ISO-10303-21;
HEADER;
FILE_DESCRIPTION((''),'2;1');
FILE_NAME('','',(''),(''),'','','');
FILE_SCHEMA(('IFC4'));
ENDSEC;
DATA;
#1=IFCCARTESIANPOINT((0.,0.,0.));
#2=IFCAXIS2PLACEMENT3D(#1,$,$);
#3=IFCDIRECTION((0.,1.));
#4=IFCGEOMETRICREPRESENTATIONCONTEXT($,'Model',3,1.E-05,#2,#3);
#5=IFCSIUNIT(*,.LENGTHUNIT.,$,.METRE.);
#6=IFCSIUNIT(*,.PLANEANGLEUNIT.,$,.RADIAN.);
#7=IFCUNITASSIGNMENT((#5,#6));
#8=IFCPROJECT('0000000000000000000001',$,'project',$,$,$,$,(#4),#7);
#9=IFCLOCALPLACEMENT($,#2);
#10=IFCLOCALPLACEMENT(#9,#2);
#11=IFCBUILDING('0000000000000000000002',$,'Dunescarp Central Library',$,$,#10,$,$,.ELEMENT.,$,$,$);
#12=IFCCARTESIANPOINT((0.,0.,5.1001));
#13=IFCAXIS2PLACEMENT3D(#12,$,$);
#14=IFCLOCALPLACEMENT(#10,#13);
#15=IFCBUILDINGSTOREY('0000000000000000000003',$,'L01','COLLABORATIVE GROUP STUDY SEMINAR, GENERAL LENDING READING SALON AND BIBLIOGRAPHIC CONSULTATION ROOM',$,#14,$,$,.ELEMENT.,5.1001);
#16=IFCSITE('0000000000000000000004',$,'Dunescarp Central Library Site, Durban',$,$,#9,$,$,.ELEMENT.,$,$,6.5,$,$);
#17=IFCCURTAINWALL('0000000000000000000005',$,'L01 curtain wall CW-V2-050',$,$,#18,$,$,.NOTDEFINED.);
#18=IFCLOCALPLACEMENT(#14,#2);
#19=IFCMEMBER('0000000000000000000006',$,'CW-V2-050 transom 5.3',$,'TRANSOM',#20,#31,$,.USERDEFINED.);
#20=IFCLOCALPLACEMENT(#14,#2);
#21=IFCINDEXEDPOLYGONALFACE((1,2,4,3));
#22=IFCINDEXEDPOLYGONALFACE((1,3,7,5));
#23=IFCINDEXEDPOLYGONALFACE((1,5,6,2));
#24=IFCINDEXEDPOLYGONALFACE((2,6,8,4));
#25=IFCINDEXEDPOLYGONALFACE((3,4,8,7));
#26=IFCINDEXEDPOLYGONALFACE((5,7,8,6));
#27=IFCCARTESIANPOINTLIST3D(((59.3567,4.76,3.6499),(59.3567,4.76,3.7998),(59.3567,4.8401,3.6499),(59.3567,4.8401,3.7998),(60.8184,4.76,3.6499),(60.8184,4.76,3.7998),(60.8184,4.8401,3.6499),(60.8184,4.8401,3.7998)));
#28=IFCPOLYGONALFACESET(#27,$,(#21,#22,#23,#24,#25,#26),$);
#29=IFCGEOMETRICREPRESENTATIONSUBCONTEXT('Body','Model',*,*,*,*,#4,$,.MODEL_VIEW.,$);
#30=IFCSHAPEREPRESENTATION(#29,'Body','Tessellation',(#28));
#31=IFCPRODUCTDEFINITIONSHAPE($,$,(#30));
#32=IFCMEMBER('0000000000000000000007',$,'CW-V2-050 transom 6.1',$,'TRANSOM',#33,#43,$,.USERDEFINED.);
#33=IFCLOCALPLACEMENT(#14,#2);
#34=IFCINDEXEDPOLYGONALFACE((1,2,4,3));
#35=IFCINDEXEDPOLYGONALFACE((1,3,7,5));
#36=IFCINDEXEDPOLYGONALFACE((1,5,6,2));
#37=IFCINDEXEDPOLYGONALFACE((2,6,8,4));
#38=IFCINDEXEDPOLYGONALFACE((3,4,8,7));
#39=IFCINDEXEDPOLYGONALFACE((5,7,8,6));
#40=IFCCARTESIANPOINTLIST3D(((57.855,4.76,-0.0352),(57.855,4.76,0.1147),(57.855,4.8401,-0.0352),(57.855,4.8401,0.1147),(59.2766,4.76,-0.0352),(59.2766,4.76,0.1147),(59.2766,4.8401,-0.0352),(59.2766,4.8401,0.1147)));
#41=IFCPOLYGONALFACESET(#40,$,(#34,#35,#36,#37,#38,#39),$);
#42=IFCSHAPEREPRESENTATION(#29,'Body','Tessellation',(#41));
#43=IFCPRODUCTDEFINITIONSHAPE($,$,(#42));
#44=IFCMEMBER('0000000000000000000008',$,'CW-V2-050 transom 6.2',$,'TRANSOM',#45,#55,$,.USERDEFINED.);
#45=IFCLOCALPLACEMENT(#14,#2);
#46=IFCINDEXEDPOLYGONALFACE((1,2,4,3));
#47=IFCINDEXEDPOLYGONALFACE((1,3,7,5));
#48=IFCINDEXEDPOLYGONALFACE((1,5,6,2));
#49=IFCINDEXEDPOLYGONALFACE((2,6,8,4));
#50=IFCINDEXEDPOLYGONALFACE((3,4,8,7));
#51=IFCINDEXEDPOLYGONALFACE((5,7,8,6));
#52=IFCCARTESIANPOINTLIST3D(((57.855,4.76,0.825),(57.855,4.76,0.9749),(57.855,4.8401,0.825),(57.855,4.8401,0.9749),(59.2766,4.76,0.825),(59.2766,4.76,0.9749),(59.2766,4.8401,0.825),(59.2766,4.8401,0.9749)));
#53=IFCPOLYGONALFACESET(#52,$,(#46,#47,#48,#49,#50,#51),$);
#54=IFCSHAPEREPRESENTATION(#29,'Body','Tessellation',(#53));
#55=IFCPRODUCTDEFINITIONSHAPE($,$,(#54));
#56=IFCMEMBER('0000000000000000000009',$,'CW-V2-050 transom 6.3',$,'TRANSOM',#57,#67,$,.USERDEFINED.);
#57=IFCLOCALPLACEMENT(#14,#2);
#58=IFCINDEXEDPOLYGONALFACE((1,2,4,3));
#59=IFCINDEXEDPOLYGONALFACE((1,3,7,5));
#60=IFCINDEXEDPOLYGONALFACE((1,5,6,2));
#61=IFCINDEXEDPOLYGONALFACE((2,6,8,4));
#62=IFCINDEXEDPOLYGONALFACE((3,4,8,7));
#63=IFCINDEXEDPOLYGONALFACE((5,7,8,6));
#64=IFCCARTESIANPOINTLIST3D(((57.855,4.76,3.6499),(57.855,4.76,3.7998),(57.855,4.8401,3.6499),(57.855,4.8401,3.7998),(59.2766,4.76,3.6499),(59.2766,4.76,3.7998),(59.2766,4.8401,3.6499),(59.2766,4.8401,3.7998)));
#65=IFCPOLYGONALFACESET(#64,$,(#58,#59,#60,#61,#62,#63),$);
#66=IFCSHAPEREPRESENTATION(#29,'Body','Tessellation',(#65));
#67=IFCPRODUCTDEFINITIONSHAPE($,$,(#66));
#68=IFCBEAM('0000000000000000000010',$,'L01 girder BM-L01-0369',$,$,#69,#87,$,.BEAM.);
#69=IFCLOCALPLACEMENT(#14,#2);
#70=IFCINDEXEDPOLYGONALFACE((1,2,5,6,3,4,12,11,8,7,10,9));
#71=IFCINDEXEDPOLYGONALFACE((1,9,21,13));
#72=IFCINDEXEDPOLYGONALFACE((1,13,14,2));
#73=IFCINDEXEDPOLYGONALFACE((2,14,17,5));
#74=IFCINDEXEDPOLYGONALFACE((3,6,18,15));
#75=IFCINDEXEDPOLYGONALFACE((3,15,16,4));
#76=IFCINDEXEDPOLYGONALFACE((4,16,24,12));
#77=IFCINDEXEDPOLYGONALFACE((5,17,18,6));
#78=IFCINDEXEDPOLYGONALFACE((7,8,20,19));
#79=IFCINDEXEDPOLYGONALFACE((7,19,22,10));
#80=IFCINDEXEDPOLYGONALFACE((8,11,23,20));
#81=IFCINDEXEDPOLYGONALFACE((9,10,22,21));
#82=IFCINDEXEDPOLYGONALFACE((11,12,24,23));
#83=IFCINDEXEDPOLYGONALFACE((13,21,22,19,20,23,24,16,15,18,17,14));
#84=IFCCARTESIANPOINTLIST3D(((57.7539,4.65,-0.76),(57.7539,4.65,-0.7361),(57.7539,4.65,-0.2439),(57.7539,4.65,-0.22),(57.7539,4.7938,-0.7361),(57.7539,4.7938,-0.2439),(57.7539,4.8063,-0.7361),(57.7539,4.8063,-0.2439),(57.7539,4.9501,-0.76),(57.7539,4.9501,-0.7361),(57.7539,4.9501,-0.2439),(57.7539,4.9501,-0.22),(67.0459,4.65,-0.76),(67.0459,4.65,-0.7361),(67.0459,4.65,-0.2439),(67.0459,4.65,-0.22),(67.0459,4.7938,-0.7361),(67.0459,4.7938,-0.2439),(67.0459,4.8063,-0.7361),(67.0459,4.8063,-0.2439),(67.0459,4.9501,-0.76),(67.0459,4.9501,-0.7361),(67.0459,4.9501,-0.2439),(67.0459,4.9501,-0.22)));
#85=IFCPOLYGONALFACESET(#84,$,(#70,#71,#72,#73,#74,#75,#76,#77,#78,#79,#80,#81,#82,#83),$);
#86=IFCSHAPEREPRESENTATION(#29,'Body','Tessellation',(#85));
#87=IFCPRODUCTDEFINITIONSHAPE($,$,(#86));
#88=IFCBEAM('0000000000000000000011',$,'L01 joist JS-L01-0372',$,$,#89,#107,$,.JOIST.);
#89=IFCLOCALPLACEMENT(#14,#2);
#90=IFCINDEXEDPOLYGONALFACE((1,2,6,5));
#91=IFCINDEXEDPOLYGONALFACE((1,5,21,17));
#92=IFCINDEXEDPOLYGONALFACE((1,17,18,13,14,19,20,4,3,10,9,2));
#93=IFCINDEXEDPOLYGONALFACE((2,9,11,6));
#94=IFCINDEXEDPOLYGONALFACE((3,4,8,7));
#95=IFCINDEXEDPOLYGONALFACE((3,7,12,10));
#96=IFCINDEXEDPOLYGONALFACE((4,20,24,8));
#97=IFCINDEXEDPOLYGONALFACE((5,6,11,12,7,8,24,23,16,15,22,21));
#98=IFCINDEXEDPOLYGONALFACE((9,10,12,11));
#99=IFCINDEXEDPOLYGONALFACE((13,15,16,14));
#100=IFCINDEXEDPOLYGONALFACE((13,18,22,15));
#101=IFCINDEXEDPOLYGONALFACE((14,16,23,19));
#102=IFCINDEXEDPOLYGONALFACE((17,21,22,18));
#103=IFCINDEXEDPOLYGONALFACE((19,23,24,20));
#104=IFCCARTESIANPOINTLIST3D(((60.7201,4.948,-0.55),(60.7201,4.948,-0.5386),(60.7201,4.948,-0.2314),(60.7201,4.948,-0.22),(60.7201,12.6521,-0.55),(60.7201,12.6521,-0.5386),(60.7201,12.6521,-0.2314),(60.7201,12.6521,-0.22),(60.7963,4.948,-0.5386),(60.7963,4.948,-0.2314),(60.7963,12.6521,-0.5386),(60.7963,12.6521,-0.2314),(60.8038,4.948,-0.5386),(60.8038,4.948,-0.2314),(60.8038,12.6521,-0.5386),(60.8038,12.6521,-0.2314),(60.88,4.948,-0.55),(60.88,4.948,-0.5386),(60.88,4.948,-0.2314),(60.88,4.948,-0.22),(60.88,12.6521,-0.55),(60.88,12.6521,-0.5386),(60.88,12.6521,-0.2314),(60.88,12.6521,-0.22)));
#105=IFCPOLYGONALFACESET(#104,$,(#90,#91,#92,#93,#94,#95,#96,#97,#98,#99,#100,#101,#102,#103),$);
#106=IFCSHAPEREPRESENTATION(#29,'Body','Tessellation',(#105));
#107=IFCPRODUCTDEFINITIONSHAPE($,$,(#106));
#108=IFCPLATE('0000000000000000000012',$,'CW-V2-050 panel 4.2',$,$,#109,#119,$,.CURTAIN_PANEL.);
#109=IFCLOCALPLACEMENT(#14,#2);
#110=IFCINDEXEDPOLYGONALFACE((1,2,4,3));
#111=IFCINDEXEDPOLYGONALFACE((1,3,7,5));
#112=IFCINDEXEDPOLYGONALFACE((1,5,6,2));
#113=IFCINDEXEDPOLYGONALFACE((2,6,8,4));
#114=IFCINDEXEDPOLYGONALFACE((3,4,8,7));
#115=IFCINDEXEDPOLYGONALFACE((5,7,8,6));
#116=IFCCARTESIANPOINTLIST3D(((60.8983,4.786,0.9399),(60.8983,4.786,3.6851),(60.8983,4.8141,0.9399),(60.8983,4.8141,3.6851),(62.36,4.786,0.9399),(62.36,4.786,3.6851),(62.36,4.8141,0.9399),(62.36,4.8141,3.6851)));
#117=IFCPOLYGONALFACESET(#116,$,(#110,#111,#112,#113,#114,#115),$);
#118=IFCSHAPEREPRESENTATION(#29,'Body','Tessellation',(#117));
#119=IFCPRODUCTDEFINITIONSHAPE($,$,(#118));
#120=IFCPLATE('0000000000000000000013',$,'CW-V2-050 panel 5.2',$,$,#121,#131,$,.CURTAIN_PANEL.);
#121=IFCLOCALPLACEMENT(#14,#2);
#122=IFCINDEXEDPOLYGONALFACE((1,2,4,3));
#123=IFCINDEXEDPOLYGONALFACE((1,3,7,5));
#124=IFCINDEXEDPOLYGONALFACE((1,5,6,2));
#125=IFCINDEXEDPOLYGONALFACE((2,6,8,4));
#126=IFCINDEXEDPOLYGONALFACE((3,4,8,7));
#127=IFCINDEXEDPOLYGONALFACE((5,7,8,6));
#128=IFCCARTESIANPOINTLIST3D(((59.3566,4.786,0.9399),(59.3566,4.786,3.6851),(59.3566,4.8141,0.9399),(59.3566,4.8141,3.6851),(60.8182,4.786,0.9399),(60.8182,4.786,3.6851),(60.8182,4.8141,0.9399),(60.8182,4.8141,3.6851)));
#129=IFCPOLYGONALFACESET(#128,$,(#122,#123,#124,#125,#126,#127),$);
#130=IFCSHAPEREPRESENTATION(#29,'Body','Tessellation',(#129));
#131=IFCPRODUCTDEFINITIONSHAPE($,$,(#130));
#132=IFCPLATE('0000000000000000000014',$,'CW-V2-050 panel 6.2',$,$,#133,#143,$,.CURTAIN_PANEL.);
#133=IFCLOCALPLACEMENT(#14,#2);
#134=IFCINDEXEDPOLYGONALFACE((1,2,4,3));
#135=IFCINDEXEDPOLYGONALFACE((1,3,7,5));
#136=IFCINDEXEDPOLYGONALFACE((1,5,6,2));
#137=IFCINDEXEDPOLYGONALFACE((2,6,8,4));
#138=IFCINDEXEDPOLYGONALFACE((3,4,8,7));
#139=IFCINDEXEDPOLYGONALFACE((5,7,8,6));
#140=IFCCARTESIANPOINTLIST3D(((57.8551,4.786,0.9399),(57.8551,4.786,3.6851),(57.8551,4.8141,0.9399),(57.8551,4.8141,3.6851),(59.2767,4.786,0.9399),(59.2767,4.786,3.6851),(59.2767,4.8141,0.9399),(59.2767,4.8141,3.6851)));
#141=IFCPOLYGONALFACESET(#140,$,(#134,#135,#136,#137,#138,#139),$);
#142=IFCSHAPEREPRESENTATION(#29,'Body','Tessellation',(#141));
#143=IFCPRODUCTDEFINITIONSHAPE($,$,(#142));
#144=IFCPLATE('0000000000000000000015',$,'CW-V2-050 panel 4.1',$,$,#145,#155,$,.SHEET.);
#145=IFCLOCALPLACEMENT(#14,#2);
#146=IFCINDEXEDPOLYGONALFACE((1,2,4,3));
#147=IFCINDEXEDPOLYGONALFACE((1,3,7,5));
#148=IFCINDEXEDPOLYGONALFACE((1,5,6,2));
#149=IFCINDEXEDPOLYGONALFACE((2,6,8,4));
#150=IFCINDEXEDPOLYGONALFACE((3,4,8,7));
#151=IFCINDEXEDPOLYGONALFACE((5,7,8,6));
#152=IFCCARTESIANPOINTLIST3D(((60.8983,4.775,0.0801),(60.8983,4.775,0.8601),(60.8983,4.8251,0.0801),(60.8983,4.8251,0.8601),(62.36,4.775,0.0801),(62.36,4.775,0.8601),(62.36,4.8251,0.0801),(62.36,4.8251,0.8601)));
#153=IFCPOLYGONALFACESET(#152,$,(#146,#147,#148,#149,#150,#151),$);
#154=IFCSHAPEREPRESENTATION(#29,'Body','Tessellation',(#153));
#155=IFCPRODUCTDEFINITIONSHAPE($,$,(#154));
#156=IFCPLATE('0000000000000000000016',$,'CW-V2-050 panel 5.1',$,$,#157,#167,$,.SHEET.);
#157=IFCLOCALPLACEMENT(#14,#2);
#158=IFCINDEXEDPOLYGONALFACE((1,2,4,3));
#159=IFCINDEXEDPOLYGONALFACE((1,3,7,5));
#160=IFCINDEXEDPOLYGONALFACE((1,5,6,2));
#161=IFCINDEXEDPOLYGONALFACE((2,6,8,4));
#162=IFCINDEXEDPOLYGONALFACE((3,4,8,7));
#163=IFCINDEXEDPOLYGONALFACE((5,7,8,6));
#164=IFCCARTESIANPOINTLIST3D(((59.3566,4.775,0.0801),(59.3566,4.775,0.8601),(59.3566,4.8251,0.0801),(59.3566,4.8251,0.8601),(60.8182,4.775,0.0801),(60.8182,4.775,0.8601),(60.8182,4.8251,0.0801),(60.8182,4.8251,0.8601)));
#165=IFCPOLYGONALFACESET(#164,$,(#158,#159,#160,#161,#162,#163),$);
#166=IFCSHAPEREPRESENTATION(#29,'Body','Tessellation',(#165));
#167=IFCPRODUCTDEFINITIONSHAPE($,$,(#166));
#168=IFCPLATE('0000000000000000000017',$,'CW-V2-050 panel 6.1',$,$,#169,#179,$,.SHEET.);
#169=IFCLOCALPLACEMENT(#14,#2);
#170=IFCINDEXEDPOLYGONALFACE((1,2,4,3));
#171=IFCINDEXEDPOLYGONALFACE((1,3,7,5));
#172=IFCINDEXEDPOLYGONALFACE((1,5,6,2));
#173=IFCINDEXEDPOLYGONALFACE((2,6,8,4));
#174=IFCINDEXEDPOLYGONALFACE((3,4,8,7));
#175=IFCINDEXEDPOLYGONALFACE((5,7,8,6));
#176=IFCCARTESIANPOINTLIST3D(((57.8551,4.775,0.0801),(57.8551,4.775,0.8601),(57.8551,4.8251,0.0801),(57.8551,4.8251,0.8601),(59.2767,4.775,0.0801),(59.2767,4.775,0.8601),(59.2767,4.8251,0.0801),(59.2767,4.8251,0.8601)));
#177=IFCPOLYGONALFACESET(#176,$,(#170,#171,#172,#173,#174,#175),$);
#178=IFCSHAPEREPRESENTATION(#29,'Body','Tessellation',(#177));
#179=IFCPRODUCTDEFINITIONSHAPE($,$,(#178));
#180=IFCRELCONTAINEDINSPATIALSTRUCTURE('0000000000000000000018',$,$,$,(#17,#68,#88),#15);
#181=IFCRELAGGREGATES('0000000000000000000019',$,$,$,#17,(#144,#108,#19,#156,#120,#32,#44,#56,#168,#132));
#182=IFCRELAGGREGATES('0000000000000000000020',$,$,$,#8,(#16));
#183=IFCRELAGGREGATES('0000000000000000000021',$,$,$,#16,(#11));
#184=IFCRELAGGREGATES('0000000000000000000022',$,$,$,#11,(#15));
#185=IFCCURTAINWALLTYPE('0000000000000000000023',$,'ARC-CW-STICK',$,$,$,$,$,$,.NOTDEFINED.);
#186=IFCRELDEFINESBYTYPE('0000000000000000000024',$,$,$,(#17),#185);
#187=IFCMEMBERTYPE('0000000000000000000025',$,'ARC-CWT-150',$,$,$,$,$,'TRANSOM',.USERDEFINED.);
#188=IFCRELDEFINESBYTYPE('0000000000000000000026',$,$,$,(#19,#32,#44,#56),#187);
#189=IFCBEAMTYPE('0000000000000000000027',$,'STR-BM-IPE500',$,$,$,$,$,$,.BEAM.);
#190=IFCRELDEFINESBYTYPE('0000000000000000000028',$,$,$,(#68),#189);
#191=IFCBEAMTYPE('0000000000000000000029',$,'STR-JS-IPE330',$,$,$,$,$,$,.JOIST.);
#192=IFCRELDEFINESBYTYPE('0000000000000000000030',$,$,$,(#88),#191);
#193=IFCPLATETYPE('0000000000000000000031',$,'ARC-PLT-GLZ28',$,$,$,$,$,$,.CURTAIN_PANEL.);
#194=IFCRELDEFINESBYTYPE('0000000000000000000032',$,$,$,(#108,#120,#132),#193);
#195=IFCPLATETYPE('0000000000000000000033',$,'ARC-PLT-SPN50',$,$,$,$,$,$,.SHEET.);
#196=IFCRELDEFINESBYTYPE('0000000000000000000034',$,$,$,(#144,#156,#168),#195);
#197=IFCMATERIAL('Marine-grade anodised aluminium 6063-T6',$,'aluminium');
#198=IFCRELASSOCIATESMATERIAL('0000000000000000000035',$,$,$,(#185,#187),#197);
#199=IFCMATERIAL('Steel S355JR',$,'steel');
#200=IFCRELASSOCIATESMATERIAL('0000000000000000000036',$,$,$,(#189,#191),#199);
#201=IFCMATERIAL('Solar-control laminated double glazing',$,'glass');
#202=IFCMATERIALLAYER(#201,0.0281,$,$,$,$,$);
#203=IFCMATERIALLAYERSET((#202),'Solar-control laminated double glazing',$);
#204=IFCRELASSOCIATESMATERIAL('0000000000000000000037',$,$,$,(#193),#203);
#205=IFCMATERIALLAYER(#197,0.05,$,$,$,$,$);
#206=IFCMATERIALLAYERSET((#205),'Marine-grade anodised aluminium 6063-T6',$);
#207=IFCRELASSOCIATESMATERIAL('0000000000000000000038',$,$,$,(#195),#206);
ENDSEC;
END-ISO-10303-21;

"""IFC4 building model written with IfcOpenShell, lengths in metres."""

from ifc_helpers import new_model, si_unit, direction, frame, origin, origin_2d, place, context, subcontext, project, spatial, rectangle, i_section, extrude, material, layer, layer_set, material_profile, profile_set, type_object, element, aggregate, save


model = new_model("IFC4")

# Units and contexts
model_context = context("Model", 3, precision=1e-05, world=origin(), true_north=direction((0.0, 1.0)))
body_context = subcontext(model_context, "Body", "Model", "MODEL_VIEW")
ifc_project = project(units=[si_unit("LENGTHUNIT", "METRE"), si_unit("PLANEANGLEUNIT", "RADIAN")], contexts=[model_context])

# Site, building, storey
site_placement = place(None, origin())
site = spatial("IfcSite", under=ifc_project, at=site_placement, Name="Dunescarp Central Library Site, Durban", CompositionType="ELEMENT", RefElevation=6.5)
building_placement = place(site_placement, origin())
building = spatial("IfcBuilding", under=site, at=building_placement, Name="Dunescarp Central Library", CompositionType="ELEMENT")
storey_placement = place(building_placement, frame((0.0, 0.0, 5.1001)))
storey = spatial("IfcBuildingStorey", under=building, at=storey_placement, Name="L01", Description="COLLABORATIVE GROUP STUDY SEMINAR, GENERAL LENDING READING SALON AND BIBLIOGRAPHIC CONSULTATION ROOM", CompositionType="ELEMENT", Elevation=5.1001)

# Shared definitions
ifc_material_1 = material(Name="Steel S355JR", Category="steel")

# Shared definitions
ifc_material_2 = material(Name="Marine-grade anodised aluminium 6063-T6", Category="aluminium")
curtain_wall_type = type_object("IfcCurtainWallType", Name="ARC-CW-STICK", PredefinedType="NOTDEFINED", material=ifc_material_2)

# Curtain wall
curtain_wall_1_placement = place(storey_placement, origin())
curtain_wall_1 = element("IfcCurtainWall", 1, at=curtain_wall_1_placement, inside=storey, type_object=curtain_wall_type, Name="L01 curtain wall CW-V2-050", PredefinedType="NOTDEFINED")

# Members
ifc_material_profile_1 = material_profile(ifc_material_2, rectangle(XDim=0.0801, YDim=0.1499, at=origin_2d()), Name="AL 80x150")
ifc_profile_set_1 = profile_set([ifc_material_profile_1], Name="Marine-grade anodised aluminium 6063-T6")
member_type_1 = type_object("IfcMemberType", Name="ARC-CWT-150", ElementType="TRANSOM", PredefinedType="USERDEFINED", material=ifc_profile_set_1)
member_1_placement = place(storey_placement, frame((60.8184, 4.8, 3.7249), z_axis=(-1.0, 0.0, 0.0), x_axis=(0.0, -1.0, 0.0)))
member_1 = element("IfcMember", 2, at=member_1_placement, type_object=member_type_1, Name="CW-V2-050 transom 5.3", ObjectType="TRANSOM", PredefinedType="USERDEFINED", context=body_context, shape_type="SweptSolid", body=[
    extrude(rectangle(XDim=0.0801, YDim=0.1499, at=origin_2d()), origin(), (0.0, 0.0, 1.0), 1.4617),
])
member_2_placement = place(storey_placement, frame((59.2766, 4.8, 0.0398), z_axis=(-1.0, 0.0, 0.0), x_axis=(0.0, -1.0, 0.0)))
member_2 = element("IfcMember", 3, at=member_2_placement, type_object=member_type_1, Name="CW-V2-050 transom 6.1", ObjectType="TRANSOM", PredefinedType="USERDEFINED", context=body_context, shape_type="SweptSolid", body=[
    extrude(rectangle(XDim=0.0801, YDim=0.1499, at=origin_2d()), origin(), (0.0, 0.0, 1.0), 1.4216),
])
member_3_placement = place(storey_placement, frame((59.2766, 4.8, 0.8999), z_axis=(-1.0, 0.0, 0.0), x_axis=(0.0, -1.0, 0.0)))
member_3 = element("IfcMember", 4, at=member_3_placement, type_object=member_type_1, Name="CW-V2-050 transom 6.2", ObjectType="TRANSOM", PredefinedType="USERDEFINED", context=body_context, shape_type="SweptSolid", body=[
    extrude(rectangle(XDim=0.0801, YDim=0.1499, at=origin_2d()), origin(), (0.0, 0.0, 1.0), 1.4216),
])
member_4_placement = place(storey_placement, frame((59.2766, 4.8, 3.7249), z_axis=(-1.0, 0.0, 0.0), x_axis=(0.0, -1.0, 0.0)))
member_4 = element("IfcMember", 5, at=member_4_placement, type_object=member_type_1, Name="CW-V2-050 transom 6.3", ObjectType="TRANSOM", PredefinedType="USERDEFINED", context=body_context, shape_type="SweptSolid", body=[
    extrude(rectangle(XDim=0.0801, YDim=0.1499, at=origin_2d()), origin(), (0.0, 0.0, 1.0), 1.4216),
])

# Beams
ifc_material_profile_2 = material_profile(ifc_material_1, i_section(OverallWidth=0.3, OverallDepth=0.54, WebThickness=0.0125, FlangeThickness=0.0239, at=origin_2d()), Name="HEA 550")
ifc_profile_set_2 = profile_set([ifc_material_profile_2], Name="Steel S355JR")
beam_type_1 = type_object("IfcBeamType", Name="STR-BM-IPE500", PredefinedType="BEAM", material=ifc_profile_set_2)
beam_1_placement = place(storey_placement, frame((57.7539, 4.8, -0.49), z_axis=(1.0, 0.0, 0.0), x_axis=(0.0, 1.0, 0.0)))
element("IfcBeam", 6, at=beam_1_placement, inside=storey, type_object=beam_type_1, Name="L01 girder BM-L01-0369", PredefinedType="BEAM", context=body_context, shape_type="SweptSolid", body=[
    extrude(i_section(OverallWidth=0.3, OverallDepth=0.54, WebThickness=0.0125, FlangeThickness=0.0239, at=origin_2d()), origin(), (0.0, 0.0, 1.0), 9.292),
])
ifc_material_profile_3 = material_profile(ifc_material_1, i_section(OverallWidth=0.1599, OverallDepth=0.3301, WebThickness=0.0076, FlangeThickness=0.0115, at=origin_2d()), Name="IPE 330")
ifc_profile_set_3 = profile_set([ifc_material_profile_3], Name="Steel S355JR")
beam_type_2 = type_object("IfcBeamType", Name="STR-JS-IPE330", PredefinedType="JOIST", material=ifc_profile_set_3)
beam_2_placement = place(storey_placement, frame((60.8, 4.948, -0.385), z_axis=(0.0, 1.0, 0.0), x_axis=(-1.0, 0.0, 0.0)))
element("IfcBeam", 7, at=beam_2_placement, inside=storey, type_object=beam_type_2, Name="L01 joist JS-L01-0372", PredefinedType="JOIST", context=body_context, shape_type="SweptSolid", body=[
    extrude(i_section(OverallWidth=0.1599, OverallDepth=0.3301, WebThickness=0.0076, FlangeThickness=0.0115, at=origin_2d()), origin(), (0.0, 0.0, 1.0), 7.7041),
])

# Plates
ifc_material_3 = material(Name="Solar-control laminated double glazing", Category="glass")
ifc_layer_1 = layer(ifc_material_3, 0.0281)
ifc_layer_set_1 = layer_set([ifc_layer_1], Name="Solar-control laminated double glazing")
plate_type_1 = type_object("IfcPlateType", Name="ARC-PLT-GLZ28", PredefinedType="CURTAIN_PANEL", material=ifc_layer_set_1)
plate_1_placement = place(storey_placement, frame((61.6292, 4.8, 0.9399), z_axis=(0.0, 0.0, 1.0), x_axis=(-1.0, 0.0, 0.0)))
plate_1 = element("IfcPlate", 8, at=plate_1_placement, type_object=plate_type_1, Name="CW-V2-050 panel 4.2", PredefinedType="CURTAIN_PANEL", context=body_context, shape_type="SweptSolid", body=[
    extrude(rectangle(XDim=1.4617, YDim=0.0281, at=origin_2d()), origin(), (0.0, 0.0, 1.0), 2.7451),
])
plate_2_placement = place(storey_placement, frame((60.0874, 4.8, 0.9399), z_axis=(0.0, 0.0, 1.0), x_axis=(-1.0, 0.0, 0.0)))
plate_2 = element("IfcPlate", 9, at=plate_2_placement, type_object=plate_type_1, Name="CW-V2-050 panel 5.2", PredefinedType="CURTAIN_PANEL", context=body_context, shape_type="SweptSolid", body=[
    extrude(rectangle(XDim=1.4617, YDim=0.0281, at=origin_2d()), origin(), (0.0, 0.0, 1.0), 2.7451),
])
plate_3_placement = place(storey_placement, frame((58.5659, 4.8, 0.9399), z_axis=(0.0, 0.0, 1.0), x_axis=(-1.0, 0.0, 0.0)))
plate_3 = element("IfcPlate", 10, at=plate_3_placement, type_object=plate_type_1, Name="CW-V2-050 panel 6.2", PredefinedType="CURTAIN_PANEL", context=body_context, shape_type="SweptSolid", body=[
    extrude(rectangle(XDim=1.4216, YDim=0.0281, at=origin_2d()), origin(), (0.0, 0.0, 1.0), 2.7451),
])
ifc_layer_2 = layer(ifc_material_2, 0.05)
ifc_layer_set_2 = layer_set([ifc_layer_2], Name="Marine-grade anodised aluminium 6063-T6")
plate_type_2 = type_object("IfcPlateType", Name="ARC-PLT-SPN50", PredefinedType="SHEET", material=ifc_layer_set_2)
plate_4_placement = place(storey_placement, frame((61.6292, 4.8, 0.0801), z_axis=(0.0, 0.0, 1.0), x_axis=(-1.0, 0.0, 0.0)))
plate_4 = element("IfcPlate", 11, at=plate_4_placement, type_object=plate_type_2, Name="CW-V2-050 panel 4.1", PredefinedType="SHEET", context=body_context, shape_type="SweptSolid", body=[
    extrude(rectangle(XDim=1.4617, YDim=0.05, at=origin_2d()), origin(), (0.0, 0.0, 1.0), 0.78),
])
plate_5_placement = place(storey_placement, frame((60.0874, 4.8, 0.0801), z_axis=(0.0, 0.0, 1.0), x_axis=(-1.0, 0.0, 0.0)))
plate_5 = element("IfcPlate", 12, at=plate_5_placement, type_object=plate_type_2, Name="CW-V2-050 panel 5.1", PredefinedType="SHEET", context=body_context, shape_type="SweptSolid", body=[
    extrude(rectangle(XDim=1.4617, YDim=0.05, at=origin_2d()), origin(), (0.0, 0.0, 1.0), 0.78),
])
plate_6_placement = place(storey_placement, frame((58.5659, 4.8, 0.0801), z_axis=(0.0, 0.0, 1.0), x_axis=(-1.0, 0.0, 0.0)))
plate_6 = element("IfcPlate", 13, at=plate_6_placement, type_object=plate_type_2, Name="CW-V2-050 panel 6.1", PredefinedType="SHEET", context=body_context, shape_type="SweptSolid", body=[
    extrude(rectangle(XDim=1.4216, YDim=0.05, at=origin_2d()), origin(), (0.0, 0.0, 1.0), 0.78),
])
aggregate(curtain_wall_1, [plate_4, plate_1, member_1, plate_5, plate_2, member_2, member_3, member_4, plate_6, plate_3])

save(model, "model.ifc")
